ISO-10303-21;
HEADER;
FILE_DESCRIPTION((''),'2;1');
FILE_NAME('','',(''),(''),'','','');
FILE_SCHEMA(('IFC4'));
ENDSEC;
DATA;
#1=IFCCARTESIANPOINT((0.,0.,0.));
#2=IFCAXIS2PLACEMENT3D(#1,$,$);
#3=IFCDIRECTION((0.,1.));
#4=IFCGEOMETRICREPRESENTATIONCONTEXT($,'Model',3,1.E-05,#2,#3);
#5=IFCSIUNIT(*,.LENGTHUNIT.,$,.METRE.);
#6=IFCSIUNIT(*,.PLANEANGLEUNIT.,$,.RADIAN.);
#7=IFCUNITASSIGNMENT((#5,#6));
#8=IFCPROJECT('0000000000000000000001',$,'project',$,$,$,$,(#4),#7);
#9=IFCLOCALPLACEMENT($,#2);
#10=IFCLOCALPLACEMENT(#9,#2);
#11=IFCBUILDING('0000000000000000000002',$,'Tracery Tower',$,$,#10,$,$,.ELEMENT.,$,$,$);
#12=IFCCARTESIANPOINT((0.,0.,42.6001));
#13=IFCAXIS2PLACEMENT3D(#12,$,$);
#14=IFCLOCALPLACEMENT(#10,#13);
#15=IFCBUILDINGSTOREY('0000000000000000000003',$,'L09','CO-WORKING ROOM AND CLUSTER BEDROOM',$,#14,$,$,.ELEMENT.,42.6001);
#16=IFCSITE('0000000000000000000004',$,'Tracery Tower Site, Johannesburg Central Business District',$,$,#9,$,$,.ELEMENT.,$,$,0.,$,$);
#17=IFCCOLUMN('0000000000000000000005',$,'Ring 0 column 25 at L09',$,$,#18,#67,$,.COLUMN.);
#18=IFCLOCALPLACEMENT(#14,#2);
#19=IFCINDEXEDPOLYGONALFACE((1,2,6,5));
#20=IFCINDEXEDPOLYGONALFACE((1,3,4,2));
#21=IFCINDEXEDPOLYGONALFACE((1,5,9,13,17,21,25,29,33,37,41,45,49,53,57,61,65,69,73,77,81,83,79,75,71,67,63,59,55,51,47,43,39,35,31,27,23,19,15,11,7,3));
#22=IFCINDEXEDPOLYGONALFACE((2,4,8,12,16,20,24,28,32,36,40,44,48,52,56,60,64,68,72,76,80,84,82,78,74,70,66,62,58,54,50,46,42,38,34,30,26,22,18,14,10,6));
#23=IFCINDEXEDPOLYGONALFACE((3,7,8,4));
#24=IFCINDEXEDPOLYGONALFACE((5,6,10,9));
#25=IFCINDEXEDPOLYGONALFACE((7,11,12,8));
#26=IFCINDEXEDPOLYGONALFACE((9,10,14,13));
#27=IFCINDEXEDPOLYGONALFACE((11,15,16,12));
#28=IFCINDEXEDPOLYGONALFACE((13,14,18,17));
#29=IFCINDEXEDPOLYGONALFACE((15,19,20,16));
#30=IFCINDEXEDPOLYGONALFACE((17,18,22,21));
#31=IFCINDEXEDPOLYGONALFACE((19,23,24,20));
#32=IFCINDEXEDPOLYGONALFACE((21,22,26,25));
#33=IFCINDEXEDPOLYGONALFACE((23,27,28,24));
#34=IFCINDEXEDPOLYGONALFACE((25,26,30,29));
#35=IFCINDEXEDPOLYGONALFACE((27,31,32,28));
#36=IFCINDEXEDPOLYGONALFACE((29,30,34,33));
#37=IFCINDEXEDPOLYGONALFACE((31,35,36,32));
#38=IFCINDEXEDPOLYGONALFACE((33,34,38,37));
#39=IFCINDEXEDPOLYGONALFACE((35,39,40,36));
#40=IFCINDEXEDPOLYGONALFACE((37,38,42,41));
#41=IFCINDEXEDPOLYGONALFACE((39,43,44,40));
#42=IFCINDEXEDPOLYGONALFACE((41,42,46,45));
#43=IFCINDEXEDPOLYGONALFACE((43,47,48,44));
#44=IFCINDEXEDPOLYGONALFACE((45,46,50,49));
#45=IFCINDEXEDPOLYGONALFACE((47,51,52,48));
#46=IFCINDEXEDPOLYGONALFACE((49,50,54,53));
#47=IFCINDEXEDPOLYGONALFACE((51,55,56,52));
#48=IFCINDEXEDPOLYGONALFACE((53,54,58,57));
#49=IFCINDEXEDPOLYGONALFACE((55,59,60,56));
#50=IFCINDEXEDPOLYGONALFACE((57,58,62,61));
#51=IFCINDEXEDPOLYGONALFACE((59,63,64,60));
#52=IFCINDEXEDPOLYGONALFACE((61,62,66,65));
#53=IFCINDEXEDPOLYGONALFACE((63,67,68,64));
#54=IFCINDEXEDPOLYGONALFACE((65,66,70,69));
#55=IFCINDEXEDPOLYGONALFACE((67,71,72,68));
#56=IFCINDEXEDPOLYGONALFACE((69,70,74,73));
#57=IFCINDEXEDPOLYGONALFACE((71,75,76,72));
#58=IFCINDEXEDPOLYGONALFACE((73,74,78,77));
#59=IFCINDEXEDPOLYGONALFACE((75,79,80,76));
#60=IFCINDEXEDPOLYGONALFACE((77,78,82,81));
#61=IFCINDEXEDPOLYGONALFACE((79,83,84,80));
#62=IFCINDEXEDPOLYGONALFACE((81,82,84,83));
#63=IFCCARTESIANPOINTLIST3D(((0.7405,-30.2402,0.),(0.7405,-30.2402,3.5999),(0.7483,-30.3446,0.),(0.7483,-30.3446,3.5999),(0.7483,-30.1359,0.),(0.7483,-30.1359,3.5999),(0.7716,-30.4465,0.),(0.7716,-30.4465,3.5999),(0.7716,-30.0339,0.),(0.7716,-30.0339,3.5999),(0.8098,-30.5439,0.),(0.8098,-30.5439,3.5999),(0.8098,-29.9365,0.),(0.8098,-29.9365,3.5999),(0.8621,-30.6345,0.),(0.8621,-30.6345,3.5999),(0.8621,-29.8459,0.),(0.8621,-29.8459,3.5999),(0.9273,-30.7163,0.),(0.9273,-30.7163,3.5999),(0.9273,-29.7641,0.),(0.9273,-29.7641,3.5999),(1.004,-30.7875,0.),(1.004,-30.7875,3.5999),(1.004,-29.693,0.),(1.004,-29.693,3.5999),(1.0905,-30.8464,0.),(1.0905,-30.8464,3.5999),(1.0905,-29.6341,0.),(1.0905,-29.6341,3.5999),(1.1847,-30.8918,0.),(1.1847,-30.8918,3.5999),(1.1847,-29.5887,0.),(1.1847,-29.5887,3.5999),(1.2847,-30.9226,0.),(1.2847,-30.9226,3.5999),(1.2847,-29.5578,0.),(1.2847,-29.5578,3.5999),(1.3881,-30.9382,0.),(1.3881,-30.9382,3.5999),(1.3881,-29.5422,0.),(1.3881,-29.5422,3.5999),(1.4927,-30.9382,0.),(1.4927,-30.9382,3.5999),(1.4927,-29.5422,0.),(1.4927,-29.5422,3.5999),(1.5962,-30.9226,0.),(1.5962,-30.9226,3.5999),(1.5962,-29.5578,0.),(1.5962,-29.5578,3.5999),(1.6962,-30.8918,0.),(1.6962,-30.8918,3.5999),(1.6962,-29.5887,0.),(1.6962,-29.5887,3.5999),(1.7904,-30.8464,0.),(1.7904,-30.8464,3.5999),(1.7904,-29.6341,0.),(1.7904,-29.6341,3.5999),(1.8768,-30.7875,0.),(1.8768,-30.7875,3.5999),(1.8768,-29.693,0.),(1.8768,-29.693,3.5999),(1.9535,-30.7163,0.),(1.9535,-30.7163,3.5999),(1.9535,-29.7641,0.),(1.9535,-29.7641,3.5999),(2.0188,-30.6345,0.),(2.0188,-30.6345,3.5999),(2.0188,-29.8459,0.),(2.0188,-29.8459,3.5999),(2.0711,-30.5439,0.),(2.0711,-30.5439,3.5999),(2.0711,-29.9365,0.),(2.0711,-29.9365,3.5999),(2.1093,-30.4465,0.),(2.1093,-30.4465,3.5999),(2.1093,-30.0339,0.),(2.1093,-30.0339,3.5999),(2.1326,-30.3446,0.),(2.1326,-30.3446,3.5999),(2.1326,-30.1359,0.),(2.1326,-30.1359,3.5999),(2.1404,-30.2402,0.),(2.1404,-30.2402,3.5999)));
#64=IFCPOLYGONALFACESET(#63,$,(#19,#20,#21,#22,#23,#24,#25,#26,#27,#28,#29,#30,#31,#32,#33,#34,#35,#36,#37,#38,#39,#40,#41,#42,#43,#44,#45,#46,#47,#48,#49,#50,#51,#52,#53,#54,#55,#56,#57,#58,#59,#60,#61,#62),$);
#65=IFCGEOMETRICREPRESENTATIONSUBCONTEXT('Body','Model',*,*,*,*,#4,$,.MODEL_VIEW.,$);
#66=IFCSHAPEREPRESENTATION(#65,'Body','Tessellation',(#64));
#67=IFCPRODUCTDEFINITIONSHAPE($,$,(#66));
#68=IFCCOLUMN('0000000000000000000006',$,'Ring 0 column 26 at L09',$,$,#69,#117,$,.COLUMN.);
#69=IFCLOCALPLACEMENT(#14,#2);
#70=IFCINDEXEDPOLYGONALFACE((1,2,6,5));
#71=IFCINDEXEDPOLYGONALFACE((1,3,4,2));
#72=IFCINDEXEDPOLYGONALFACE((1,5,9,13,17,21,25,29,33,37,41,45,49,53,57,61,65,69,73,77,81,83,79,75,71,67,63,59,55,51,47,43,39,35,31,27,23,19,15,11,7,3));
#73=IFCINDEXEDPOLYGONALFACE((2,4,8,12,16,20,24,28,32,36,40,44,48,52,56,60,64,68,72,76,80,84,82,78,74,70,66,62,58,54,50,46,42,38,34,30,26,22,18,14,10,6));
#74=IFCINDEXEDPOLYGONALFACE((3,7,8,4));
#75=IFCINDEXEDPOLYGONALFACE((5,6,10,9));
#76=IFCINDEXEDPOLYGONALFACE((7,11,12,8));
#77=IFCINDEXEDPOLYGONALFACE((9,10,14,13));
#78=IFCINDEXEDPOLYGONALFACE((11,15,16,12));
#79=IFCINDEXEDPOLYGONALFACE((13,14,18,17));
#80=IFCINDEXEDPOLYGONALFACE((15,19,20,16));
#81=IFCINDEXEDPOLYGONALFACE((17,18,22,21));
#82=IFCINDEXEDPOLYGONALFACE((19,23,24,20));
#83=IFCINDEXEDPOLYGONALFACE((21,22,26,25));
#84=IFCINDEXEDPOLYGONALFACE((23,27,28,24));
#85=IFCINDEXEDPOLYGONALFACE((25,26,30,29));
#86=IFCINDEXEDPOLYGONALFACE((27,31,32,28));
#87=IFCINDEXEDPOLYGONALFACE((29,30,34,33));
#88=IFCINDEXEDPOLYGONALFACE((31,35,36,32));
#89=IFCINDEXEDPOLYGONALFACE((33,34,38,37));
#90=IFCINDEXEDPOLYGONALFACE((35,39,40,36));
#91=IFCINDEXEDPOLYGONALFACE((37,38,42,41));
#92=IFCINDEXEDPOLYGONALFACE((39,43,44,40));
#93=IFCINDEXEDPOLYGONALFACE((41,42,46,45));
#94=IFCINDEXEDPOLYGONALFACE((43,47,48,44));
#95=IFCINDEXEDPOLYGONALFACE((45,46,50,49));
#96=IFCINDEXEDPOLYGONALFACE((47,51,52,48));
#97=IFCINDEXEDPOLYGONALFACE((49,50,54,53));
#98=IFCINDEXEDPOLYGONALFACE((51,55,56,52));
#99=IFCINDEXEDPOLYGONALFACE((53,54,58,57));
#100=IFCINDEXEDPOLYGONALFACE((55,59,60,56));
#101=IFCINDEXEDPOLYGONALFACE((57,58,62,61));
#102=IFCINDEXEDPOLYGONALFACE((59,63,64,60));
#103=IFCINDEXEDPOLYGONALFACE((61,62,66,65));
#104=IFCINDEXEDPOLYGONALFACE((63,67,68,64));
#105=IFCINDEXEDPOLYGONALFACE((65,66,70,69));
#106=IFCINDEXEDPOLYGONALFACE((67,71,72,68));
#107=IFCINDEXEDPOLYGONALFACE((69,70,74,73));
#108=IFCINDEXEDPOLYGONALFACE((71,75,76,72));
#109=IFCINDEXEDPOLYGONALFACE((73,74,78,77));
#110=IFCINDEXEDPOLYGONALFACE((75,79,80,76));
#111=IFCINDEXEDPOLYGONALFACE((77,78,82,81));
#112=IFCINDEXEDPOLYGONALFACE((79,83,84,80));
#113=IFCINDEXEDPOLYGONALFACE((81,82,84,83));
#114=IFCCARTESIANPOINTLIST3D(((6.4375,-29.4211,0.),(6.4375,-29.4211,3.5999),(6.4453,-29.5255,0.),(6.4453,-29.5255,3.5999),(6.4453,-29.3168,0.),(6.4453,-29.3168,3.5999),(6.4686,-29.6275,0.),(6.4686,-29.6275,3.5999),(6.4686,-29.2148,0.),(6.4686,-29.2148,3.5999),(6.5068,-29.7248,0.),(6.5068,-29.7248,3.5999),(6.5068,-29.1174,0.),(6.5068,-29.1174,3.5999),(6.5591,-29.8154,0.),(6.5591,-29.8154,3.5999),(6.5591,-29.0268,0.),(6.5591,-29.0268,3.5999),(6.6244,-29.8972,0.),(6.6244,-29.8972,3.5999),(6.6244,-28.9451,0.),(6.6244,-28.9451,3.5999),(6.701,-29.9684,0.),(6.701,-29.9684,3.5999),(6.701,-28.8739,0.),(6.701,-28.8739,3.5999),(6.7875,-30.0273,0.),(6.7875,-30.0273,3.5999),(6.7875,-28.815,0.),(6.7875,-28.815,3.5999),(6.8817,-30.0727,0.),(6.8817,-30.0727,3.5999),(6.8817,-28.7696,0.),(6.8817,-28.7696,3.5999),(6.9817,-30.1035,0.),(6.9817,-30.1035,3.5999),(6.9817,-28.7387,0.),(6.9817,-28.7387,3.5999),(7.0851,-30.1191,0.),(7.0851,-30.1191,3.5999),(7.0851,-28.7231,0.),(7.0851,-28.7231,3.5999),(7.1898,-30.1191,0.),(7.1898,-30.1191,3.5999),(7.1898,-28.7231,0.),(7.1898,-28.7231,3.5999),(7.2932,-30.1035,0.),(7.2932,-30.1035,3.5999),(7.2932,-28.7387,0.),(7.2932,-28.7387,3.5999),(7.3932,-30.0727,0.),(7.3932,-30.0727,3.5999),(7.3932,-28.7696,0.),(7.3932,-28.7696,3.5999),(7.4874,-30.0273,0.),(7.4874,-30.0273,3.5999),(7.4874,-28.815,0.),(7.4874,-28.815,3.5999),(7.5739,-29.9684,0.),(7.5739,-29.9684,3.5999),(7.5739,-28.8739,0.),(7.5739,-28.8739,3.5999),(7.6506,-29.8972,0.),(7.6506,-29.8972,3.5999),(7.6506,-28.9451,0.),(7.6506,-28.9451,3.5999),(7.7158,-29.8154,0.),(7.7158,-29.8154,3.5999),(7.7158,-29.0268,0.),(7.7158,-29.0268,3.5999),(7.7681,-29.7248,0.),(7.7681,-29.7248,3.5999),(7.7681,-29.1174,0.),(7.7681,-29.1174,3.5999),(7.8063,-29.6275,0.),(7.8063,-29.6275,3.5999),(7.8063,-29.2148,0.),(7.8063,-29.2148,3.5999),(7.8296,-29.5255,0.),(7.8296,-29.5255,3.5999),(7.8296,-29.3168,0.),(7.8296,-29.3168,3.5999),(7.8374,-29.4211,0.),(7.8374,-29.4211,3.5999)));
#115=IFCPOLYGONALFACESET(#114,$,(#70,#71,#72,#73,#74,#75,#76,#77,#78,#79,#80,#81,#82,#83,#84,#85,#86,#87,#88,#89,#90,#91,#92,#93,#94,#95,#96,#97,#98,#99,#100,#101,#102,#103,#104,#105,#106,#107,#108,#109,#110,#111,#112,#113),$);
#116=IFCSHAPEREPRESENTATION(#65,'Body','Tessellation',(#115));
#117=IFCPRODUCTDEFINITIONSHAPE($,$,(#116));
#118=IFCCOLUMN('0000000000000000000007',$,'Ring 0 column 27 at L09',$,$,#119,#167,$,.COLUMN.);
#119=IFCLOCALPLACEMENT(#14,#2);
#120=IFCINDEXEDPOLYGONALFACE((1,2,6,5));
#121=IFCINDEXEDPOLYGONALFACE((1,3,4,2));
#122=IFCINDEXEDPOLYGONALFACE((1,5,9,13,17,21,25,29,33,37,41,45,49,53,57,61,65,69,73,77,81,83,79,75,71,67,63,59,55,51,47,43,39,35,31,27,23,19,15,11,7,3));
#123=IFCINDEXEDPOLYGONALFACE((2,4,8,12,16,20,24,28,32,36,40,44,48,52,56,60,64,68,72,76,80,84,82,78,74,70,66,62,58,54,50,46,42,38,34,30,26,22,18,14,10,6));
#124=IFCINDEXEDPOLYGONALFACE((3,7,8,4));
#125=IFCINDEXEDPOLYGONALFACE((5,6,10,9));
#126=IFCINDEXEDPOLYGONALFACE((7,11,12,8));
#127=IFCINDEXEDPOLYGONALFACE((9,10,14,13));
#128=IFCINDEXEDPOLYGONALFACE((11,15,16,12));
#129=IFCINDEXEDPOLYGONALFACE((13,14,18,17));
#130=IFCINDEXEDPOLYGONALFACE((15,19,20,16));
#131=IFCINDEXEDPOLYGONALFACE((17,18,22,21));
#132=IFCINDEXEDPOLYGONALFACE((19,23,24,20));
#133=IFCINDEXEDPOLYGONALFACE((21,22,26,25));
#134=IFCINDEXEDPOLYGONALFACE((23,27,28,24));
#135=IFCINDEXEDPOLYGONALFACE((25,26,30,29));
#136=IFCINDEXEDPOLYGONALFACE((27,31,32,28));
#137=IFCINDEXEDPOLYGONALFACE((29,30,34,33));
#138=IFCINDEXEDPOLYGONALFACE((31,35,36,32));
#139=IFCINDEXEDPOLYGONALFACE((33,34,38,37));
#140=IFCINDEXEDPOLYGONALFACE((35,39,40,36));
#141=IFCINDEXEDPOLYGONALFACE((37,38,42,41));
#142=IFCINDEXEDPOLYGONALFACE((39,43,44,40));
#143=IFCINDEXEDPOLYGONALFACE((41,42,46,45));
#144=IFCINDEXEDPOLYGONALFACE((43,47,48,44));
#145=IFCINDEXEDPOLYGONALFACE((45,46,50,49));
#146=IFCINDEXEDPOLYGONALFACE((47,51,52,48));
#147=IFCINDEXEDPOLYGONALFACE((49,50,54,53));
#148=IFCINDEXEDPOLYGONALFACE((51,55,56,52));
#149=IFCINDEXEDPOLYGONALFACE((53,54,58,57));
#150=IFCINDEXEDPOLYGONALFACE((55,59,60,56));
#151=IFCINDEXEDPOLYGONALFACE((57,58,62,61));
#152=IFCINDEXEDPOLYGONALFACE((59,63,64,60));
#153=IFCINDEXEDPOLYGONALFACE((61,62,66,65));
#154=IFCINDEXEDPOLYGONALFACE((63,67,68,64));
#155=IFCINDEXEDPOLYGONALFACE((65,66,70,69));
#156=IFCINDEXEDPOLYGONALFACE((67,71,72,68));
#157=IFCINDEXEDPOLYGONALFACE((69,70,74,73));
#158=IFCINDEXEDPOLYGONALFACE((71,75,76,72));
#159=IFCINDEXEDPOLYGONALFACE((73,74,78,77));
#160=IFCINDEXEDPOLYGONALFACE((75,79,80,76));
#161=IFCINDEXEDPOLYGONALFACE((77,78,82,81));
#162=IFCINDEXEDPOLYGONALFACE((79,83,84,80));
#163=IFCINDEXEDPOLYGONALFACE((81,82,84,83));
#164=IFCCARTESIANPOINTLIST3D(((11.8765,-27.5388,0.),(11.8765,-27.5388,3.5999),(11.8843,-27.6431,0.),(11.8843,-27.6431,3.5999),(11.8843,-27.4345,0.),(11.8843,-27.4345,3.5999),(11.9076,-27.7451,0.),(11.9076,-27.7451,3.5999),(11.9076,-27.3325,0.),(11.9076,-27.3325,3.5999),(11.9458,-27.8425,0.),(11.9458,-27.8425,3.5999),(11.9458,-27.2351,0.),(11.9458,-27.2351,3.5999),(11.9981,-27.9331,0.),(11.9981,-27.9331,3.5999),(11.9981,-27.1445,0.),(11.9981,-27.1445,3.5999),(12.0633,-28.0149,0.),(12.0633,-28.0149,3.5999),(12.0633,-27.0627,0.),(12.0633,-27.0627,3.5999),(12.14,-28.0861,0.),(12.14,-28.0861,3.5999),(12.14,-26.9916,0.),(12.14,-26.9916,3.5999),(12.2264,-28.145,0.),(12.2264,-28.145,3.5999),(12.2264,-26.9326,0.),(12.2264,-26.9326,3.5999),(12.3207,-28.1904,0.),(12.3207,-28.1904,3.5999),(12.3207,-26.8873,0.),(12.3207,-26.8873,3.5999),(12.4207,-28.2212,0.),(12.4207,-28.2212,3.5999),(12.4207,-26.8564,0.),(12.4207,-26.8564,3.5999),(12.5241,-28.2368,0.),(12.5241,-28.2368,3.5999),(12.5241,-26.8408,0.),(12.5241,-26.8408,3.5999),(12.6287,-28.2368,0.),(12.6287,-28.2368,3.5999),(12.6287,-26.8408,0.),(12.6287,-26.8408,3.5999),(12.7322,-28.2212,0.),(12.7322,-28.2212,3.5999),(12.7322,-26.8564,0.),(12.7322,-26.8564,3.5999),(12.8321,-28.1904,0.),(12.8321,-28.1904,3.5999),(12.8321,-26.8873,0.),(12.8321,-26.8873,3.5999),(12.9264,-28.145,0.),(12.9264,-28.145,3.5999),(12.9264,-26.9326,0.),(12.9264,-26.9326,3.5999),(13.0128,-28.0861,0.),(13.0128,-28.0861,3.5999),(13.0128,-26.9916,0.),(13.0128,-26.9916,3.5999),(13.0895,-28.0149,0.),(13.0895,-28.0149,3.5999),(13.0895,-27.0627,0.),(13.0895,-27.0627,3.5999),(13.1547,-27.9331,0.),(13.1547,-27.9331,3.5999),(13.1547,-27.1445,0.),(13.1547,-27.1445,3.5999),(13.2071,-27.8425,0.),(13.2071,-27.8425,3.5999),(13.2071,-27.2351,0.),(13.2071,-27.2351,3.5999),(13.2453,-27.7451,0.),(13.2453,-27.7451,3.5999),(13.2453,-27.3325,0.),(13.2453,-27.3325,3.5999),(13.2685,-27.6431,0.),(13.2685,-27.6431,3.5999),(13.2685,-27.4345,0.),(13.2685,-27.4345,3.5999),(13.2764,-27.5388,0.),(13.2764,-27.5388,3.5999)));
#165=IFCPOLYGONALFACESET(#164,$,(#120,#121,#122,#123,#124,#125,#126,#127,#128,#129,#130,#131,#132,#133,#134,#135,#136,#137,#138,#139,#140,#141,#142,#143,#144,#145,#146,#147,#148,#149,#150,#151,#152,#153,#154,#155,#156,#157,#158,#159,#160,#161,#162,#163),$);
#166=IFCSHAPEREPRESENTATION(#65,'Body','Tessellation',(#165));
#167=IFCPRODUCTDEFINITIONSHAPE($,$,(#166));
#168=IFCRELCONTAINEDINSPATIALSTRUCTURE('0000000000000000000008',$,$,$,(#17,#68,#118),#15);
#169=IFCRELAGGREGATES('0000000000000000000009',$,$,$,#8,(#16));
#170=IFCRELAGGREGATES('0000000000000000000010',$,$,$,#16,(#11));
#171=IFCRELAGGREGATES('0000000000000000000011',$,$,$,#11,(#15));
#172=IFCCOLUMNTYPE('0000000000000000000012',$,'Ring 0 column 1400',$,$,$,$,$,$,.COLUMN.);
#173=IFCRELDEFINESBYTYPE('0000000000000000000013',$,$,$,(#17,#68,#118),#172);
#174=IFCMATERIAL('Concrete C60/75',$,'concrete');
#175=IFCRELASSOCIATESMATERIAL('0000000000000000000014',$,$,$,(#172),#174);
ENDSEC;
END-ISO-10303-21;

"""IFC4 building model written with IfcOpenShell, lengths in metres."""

from ifc_helpers import new_model, si_unit, direction, frame, origin, origin_2d, place, context, subcontext, project, spatial, circle, extrude, material, material_profile, profile_set, type_object, element, save


model = new_model("IFC4")

# Units and contexts
model_context = context("Model", 3, precision=1e-05, world=origin(), true_north=direction((0.0, 1.0)))
body_context = subcontext(model_context, "Body", "Model", "MODEL_VIEW")
ifc_project = project(units=[si_unit("LENGTHUNIT", "METRE"), si_unit("PLANEANGLEUNIT", "RADIAN")], contexts=[model_context])

# Site, building, storey
site_placement = place(None, origin())
site = spatial("IfcSite", under=ifc_project, at=site_placement, Name="Tracery Tower Site, Johannesburg Central Business District", CompositionType="ELEMENT", RefElevation=0.0)
building_placement = place(site_placement, origin())
building = spatial("IfcBuilding", under=site, at=building_placement, Name="Tracery Tower", CompositionType="ELEMENT")
storey_placement = place(building_placement, frame((0.0, 0.0, 42.6001)))
storey = spatial("IfcBuildingStorey", under=building, at=storey_placement, Name="L09", Description="CO-WORKING ROOM AND CLUSTER BEDROOM", CompositionType="ELEMENT", Elevation=42.6001)

# Columns
ifc_material_1 = material(Name="Concrete C60/75", Category="concrete")
ifc_material_profile_1 = material_profile(ifc_material_1, circle(Radius=0.7, at=origin_2d()), Name="RC D1400")
ifc_profile_set_1 = profile_set([ifc_material_profile_1], Name="Concrete C60/75")
column_type_1 = type_object("IfcColumnType", Name="Ring 0 column 1400", PredefinedType="COLUMN", material=ifc_profile_set_1)
for number, where, z_axis, x_axis, name in (
    (1, (1.4404, -30.2402, 0.0), (0.0, 0.0, 1.0), (1.0, 0.0, 0.0), "Ring 0 column 25 at L09"),
    (2, (7.1375, -29.4211, 0.0), (0.0, 0.0, 1.0), (1.0, 0.0, 0.0), "Ring 0 column 26 at L09"),
    (3, (12.5764, -27.5388, 0.0), (0.0, 0.0, 1.0), (1.0, 0.0, 0.0), "Ring 0 column 27 at L09"),
):
    element("IfcColumn", number, at=place(storey_placement, frame(where, z_axis=z_axis, x_axis=x_axis)), inside=storey, type_object=column_type_1, Name=name, PredefinedType="COLUMN", context=body_context, shape_type="SweptSolid", body=[
        extrude(circle(Radius=0.7, at=origin_2d()), origin(), (0.0, 0.0, 1.0), 3.5999),
    ])

save(model, "model.ifc")
